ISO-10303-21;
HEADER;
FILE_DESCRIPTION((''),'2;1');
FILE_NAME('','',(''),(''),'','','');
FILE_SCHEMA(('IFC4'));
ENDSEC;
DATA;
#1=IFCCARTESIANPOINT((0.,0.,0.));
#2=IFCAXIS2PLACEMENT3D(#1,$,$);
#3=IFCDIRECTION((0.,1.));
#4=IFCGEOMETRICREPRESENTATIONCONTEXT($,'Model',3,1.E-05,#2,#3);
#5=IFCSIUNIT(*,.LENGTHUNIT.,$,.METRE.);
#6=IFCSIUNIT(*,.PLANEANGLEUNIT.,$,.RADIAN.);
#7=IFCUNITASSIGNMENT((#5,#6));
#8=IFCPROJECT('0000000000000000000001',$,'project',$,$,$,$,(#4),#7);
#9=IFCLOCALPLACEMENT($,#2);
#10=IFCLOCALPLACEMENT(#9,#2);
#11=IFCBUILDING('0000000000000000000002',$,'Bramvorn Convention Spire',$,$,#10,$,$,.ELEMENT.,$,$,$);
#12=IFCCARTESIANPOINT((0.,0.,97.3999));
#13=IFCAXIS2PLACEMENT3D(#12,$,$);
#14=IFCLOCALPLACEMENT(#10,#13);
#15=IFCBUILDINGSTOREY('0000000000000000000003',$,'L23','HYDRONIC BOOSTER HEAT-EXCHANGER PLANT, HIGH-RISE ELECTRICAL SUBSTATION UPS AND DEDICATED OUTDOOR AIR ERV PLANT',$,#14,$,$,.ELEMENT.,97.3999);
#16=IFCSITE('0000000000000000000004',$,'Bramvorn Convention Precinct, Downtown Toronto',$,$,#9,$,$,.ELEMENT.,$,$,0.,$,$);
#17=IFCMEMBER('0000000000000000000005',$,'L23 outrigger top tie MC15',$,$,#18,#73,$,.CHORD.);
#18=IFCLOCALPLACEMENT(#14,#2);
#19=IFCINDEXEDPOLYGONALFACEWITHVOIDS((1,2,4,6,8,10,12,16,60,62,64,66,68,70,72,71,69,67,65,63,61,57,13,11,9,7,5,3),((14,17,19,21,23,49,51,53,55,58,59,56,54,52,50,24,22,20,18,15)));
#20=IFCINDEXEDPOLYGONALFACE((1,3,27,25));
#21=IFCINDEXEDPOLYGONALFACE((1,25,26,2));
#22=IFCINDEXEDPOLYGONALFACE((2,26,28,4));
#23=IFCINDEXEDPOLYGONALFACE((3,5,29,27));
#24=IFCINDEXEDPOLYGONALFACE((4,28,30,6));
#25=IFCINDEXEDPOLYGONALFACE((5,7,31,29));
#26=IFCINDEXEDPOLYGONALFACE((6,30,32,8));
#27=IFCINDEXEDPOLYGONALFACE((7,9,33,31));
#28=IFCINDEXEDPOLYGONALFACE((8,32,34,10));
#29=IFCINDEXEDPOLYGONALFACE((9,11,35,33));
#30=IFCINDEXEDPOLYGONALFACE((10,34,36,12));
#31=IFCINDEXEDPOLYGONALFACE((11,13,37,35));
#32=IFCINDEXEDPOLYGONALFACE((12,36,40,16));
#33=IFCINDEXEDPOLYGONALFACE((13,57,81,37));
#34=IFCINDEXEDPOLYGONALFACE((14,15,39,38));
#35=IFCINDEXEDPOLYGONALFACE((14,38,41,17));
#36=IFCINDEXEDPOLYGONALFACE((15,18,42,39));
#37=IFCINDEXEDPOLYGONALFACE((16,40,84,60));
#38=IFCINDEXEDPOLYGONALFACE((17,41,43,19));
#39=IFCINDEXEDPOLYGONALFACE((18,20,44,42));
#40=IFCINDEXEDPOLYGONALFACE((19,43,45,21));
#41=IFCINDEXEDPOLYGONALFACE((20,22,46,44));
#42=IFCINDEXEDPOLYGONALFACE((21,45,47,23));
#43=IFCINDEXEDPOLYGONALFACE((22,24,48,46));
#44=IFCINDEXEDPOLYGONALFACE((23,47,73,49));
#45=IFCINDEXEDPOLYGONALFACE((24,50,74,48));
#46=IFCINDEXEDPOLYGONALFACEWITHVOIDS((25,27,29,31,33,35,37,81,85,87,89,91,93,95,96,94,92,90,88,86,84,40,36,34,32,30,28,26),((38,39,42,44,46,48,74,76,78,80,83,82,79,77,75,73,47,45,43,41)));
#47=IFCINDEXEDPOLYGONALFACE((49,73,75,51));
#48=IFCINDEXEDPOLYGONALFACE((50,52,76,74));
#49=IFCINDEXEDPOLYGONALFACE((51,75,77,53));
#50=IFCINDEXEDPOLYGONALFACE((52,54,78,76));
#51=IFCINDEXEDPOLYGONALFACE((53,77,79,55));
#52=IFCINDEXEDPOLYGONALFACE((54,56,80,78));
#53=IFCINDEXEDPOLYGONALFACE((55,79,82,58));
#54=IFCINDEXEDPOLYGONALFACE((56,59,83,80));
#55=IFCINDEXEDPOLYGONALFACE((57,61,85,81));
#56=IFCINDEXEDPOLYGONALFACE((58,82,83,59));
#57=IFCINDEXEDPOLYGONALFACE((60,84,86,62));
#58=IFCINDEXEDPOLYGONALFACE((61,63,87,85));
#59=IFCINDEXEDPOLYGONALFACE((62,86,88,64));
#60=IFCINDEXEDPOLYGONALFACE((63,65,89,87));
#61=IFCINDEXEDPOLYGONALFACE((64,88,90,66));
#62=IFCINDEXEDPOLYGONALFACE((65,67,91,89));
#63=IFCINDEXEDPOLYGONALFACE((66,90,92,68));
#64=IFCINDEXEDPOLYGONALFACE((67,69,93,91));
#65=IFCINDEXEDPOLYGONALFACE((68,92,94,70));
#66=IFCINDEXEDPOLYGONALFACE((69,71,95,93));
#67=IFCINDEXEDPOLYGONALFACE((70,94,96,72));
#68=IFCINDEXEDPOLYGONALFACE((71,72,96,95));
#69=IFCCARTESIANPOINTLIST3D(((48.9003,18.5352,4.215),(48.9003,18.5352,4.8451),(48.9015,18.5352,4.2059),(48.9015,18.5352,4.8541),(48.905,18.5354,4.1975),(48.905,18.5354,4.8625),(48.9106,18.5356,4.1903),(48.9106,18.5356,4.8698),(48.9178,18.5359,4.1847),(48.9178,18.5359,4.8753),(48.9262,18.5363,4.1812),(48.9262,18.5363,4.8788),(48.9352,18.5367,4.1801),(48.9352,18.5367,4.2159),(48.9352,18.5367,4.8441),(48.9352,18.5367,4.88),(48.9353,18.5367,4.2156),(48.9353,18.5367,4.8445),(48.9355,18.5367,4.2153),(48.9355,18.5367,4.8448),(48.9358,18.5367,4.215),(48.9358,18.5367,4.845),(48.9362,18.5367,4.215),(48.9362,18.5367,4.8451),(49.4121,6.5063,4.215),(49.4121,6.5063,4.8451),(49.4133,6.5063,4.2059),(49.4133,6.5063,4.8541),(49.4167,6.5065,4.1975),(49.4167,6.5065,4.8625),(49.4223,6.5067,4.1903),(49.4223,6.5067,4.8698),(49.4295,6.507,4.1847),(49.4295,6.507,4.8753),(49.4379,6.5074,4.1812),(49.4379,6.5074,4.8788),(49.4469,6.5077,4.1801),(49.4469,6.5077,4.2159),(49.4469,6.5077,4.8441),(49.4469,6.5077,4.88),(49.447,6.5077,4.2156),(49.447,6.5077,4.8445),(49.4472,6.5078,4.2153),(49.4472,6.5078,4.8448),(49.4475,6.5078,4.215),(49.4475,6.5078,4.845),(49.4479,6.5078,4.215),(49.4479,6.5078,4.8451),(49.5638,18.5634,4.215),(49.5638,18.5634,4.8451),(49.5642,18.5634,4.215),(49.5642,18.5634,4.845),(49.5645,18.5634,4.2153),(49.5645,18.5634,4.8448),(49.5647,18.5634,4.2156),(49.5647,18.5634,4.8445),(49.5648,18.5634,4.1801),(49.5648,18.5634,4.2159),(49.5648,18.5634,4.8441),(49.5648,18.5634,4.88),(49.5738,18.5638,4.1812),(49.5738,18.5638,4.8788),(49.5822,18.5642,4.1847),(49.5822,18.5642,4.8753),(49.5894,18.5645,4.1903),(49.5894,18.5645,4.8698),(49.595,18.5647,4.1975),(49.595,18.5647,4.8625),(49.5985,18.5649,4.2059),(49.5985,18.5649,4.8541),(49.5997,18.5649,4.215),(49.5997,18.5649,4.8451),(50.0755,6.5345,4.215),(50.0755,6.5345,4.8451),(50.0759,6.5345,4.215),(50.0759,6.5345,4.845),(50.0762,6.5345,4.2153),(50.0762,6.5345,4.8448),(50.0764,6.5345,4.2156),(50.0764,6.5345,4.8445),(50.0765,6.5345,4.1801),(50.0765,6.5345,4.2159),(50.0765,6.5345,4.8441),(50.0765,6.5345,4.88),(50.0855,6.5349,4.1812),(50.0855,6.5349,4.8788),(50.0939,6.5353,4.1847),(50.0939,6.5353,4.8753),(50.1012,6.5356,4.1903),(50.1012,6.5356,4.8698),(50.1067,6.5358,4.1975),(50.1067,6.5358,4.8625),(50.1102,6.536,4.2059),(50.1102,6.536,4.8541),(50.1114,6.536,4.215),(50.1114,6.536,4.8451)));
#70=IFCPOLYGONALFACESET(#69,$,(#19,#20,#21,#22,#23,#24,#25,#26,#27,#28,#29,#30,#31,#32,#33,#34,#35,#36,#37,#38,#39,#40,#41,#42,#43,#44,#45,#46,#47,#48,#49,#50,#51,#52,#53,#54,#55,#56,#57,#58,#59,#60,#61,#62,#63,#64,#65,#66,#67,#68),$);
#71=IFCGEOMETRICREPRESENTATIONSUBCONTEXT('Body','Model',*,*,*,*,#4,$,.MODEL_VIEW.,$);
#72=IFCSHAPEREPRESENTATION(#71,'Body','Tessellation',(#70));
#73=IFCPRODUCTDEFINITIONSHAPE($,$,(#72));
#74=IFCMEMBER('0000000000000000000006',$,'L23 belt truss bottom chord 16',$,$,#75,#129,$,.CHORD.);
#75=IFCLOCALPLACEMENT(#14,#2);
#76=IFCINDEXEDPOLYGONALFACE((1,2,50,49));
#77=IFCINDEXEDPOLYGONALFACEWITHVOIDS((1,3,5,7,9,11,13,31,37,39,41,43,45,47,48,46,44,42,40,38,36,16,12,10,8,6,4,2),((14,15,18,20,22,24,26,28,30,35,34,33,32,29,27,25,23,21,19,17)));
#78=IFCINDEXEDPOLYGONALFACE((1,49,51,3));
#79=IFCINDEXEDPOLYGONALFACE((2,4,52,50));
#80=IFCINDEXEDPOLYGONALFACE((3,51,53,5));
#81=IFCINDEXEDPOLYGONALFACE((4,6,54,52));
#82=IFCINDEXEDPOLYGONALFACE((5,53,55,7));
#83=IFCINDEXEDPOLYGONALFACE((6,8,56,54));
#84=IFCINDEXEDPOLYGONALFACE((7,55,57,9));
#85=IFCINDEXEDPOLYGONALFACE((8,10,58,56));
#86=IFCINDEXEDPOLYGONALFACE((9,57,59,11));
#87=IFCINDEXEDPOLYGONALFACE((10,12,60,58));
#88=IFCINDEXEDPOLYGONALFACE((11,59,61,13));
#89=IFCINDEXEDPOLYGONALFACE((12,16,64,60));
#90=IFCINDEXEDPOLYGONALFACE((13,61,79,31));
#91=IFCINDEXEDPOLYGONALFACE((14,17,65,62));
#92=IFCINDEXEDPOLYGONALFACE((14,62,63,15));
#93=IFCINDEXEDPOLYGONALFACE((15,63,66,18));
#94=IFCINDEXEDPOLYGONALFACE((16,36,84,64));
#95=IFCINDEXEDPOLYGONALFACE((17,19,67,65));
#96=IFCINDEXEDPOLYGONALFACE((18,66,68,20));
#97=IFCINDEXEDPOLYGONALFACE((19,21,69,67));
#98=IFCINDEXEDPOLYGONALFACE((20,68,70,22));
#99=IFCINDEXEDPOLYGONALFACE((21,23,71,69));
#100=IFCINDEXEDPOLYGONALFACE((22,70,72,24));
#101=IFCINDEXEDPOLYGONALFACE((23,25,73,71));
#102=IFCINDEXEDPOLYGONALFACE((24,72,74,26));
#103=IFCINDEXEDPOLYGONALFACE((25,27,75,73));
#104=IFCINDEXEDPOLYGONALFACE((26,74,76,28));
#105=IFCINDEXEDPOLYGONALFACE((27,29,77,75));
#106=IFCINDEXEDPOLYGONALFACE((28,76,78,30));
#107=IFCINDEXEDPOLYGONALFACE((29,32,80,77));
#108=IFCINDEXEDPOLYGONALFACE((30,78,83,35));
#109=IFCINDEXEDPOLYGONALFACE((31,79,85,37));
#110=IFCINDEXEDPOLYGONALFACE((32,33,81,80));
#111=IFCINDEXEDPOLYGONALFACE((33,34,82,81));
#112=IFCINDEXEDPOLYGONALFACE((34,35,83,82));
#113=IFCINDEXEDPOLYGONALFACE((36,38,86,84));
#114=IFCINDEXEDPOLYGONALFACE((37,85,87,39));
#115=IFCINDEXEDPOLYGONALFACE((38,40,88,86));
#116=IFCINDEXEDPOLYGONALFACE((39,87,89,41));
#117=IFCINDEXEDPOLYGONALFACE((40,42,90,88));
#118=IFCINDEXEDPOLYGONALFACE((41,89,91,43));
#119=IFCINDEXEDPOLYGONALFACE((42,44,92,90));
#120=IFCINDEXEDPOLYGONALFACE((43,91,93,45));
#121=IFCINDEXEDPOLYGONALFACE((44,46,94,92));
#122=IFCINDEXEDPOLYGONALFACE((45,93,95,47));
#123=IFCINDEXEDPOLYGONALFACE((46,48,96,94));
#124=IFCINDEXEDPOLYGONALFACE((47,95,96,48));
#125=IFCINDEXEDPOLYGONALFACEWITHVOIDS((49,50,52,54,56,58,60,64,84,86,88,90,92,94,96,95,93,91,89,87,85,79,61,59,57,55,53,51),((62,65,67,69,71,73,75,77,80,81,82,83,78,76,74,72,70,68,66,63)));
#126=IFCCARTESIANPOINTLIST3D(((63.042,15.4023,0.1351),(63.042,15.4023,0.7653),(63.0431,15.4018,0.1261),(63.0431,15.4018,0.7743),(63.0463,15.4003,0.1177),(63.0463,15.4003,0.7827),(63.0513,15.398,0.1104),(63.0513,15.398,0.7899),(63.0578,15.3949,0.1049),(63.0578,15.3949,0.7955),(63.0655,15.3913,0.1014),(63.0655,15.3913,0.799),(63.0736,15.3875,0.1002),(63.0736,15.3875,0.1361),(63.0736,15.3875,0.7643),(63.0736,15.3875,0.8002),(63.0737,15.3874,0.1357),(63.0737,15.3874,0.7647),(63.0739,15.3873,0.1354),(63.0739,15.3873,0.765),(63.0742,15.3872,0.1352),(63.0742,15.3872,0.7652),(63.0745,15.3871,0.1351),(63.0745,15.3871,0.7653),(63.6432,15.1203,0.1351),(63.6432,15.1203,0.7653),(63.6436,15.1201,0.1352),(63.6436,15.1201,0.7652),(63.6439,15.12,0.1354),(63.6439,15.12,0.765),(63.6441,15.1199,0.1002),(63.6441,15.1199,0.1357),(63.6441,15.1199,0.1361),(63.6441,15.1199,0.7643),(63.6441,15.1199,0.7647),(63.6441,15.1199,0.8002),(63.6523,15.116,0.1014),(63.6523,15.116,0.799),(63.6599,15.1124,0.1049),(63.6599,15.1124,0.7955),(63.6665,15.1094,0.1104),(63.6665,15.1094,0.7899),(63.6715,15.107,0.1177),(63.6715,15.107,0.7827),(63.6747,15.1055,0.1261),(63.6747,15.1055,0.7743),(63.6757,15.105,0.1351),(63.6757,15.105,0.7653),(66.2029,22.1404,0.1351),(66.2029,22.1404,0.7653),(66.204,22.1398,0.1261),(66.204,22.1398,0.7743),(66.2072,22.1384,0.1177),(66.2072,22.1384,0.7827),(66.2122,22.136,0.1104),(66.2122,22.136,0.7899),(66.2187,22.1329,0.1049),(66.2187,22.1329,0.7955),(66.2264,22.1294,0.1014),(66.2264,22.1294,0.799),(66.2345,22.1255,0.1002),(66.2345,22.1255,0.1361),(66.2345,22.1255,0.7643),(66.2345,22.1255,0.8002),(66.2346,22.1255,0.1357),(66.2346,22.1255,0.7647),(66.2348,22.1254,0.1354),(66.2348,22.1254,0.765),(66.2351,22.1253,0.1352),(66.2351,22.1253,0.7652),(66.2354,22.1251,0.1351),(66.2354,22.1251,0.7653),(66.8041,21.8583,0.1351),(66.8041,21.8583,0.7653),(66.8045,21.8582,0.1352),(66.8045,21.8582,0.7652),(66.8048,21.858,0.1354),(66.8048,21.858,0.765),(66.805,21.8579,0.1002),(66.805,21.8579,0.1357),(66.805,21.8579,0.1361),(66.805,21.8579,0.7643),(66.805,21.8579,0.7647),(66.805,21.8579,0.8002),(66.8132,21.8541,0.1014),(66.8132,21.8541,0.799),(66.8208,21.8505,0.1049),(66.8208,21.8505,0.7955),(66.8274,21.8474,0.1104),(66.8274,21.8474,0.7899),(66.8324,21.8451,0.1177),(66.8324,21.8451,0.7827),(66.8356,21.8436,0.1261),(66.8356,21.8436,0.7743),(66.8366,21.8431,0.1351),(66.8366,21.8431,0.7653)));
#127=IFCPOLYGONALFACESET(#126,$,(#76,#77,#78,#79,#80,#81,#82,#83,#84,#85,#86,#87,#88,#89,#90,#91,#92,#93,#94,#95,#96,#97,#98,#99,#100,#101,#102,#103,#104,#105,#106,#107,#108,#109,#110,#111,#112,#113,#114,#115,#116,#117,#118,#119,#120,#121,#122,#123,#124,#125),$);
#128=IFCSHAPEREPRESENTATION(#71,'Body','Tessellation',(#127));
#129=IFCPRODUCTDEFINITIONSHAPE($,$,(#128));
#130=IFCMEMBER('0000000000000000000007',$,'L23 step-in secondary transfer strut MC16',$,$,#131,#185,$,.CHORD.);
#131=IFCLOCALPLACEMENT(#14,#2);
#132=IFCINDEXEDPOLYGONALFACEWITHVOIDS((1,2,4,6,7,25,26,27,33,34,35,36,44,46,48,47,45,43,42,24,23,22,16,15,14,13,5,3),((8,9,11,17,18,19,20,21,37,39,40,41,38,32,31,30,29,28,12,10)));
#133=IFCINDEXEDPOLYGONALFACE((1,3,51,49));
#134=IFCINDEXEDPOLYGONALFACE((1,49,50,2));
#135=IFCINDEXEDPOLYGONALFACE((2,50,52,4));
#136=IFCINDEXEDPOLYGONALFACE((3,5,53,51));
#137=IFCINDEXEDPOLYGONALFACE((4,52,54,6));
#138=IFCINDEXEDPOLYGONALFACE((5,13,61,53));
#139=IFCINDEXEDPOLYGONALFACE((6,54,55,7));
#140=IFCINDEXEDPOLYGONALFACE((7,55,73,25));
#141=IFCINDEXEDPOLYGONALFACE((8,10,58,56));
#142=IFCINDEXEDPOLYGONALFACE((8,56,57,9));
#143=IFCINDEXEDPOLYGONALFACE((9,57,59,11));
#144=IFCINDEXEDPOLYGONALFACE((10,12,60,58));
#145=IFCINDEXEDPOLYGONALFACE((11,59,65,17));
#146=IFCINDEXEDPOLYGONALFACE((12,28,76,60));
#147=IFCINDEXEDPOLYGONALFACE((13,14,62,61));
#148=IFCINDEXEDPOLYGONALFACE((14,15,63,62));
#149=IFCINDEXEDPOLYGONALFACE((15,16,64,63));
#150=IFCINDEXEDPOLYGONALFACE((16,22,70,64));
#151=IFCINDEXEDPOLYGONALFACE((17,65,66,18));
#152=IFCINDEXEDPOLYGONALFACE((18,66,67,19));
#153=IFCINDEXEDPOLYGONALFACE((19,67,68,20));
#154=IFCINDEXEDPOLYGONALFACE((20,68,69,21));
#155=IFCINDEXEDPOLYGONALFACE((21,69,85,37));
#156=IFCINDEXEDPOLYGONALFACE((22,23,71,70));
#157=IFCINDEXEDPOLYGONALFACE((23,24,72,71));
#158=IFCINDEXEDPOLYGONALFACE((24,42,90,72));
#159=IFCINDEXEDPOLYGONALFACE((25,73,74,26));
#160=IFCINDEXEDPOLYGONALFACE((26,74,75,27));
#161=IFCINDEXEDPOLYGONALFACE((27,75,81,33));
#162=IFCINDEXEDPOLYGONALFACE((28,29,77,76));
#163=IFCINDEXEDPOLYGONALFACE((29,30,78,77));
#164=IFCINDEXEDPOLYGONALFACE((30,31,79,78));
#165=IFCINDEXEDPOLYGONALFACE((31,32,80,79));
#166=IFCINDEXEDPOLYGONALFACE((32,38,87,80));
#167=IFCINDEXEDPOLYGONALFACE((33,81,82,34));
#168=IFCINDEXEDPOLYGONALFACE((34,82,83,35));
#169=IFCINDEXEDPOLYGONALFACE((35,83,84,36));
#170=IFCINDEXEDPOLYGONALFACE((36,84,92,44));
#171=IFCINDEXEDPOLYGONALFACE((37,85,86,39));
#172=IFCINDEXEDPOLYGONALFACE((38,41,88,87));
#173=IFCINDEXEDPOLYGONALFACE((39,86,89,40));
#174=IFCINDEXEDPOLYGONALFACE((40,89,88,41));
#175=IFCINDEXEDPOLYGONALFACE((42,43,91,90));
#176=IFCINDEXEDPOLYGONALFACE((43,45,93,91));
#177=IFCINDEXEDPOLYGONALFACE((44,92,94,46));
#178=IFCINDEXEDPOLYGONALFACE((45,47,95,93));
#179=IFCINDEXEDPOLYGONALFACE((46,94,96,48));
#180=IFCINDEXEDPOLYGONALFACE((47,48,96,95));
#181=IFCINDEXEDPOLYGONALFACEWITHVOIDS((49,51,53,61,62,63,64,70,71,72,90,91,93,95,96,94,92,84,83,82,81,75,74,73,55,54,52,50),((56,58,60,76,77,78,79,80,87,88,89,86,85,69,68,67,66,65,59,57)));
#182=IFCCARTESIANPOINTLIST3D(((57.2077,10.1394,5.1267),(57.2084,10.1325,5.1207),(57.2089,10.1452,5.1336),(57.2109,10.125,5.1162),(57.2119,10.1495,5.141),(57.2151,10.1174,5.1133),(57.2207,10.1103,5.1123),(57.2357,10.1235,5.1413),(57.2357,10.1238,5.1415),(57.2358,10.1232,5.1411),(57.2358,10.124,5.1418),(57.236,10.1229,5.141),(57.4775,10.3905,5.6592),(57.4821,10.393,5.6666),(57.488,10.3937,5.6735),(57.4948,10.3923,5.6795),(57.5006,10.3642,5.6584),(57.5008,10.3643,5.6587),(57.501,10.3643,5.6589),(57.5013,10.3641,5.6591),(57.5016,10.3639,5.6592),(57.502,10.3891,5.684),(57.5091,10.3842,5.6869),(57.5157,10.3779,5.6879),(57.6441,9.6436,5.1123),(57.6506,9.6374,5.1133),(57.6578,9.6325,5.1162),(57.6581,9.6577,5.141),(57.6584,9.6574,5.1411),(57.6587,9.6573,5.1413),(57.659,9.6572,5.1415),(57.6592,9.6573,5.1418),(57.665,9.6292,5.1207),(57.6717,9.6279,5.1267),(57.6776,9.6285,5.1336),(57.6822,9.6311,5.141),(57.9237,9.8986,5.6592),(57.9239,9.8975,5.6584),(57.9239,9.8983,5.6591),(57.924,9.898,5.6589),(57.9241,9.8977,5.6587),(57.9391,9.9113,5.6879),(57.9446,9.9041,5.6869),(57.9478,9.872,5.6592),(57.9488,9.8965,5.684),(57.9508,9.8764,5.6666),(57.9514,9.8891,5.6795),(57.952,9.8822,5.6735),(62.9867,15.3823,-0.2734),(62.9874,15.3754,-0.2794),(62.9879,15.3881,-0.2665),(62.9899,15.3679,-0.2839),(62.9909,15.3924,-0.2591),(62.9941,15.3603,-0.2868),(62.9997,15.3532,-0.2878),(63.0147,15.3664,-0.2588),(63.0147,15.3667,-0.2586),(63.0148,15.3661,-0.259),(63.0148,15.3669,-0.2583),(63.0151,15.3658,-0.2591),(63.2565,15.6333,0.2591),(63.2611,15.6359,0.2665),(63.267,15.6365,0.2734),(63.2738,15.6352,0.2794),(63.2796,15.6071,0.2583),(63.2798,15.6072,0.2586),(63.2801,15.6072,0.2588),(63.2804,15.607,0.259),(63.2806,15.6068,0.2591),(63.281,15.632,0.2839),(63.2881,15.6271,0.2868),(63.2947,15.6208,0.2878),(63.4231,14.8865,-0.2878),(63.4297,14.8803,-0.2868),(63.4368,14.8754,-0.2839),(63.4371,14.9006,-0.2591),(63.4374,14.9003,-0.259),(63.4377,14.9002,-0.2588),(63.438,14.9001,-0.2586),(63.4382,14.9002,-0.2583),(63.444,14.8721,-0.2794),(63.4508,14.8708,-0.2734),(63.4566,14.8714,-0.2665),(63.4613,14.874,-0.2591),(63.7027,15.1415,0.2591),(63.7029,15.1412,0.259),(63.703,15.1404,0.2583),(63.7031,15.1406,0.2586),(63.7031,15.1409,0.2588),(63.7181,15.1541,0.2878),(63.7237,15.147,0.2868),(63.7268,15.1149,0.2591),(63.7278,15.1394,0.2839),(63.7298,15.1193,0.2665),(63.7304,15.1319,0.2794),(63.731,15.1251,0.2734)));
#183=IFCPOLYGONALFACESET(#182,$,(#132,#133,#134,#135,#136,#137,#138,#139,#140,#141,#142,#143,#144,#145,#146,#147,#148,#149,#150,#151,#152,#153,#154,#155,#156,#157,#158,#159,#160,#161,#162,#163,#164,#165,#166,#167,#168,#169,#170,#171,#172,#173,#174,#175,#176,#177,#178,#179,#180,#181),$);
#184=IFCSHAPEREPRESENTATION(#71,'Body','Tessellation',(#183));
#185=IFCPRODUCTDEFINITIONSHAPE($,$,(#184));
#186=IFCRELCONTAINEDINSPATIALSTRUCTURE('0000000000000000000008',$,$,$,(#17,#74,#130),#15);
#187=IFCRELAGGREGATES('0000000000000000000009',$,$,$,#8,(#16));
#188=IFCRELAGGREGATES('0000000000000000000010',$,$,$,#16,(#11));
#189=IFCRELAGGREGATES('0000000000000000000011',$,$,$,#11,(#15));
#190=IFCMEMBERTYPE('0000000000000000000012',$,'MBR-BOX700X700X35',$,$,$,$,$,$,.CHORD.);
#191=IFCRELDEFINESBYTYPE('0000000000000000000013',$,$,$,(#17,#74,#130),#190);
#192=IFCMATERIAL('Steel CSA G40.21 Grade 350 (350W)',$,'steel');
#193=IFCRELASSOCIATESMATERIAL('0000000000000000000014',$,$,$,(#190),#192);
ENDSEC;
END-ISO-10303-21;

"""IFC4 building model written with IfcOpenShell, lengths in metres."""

from ifc_helpers import new_model, si_unit, direction, frame, origin, origin_2d, place, context, subcontext, project, spatial, hollow_rectangle, extrude, material, material_profile, profile_set, type_object, element, save


model = new_model("IFC4")

# Units and contexts
model_context = context("Model", 3, precision=1e-05, world=origin(), true_north=direction((0.0, 1.0)))
body_context = subcontext(model_context, "Body", "Model", "MODEL_VIEW")
ifc_project = project(units=[si_unit("LENGTHUNIT", "METRE"), si_unit("PLANEANGLEUNIT", "RADIAN")], contexts=[model_context])

# Site, building, storey
site_placement = place(None, origin())
site = spatial("IfcSite", under=ifc_project, at=site_placement, Name="Bramvorn Convention Precinct, Downtown Toronto", CompositionType="ELEMENT", RefElevation=0.0)
building_placement = place(site_placement, origin())
building = spatial("IfcBuilding", under=site, at=building_placement, Name="Bramvorn Convention Spire", CompositionType="ELEMENT")
storey_placement = place(building_placement, frame((0.0, 0.0, 97.3999)))
storey = spatial("IfcBuildingStorey", under=building, at=storey_placement, Name="L23", Description="HYDRONIC BOOSTER HEAT-EXCHANGER PLANT, HIGH-RISE ELECTRICAL SUBSTATION UPS AND DEDICATED OUTDOOR AIR ERV PLANT", CompositionType="ELEMENT", Elevation=97.3999)

# Shared definitions
ifc_material_1 = material(Name="Steel CSA G40.21 Grade 350 (350W)", Category="steel")

# Members
ifc_material_profile_1 = material_profile(ifc_material_1, hollow_rectangle(XDim=0.7, YDim=0.7, WallThickness=0.0349, InnerFilletRadius=0.001, OuterFilletRadius=0.0349, at=origin_2d()))
ifc_profile_set_1 = profile_set([ifc_material_profile_1], Name="Steel CSA G40.21 Grade 350 (350W) - BOX700X700X35")
member_type_1 = type_object("IfcMemberType", Name="MBR-BOX700X700X35", PredefinedType="CHORD", material=ifc_profile_set_1)
member_1_placement = place(storey_placement, frame((49.25, 18.55, 4.53), z_axis=(0.042503, -0.999096, 0.0), x_axis=(0.999096, 0.042503, 0.0)))
element("IfcMember", 1, at=member_1_placement, inside=storey, type_object=member_type_1, Name="L23 outrigger top tie MC15", PredefinedType="CHORD", context=body_context, shape_type="SweptSolid", body=[
    extrude(hollow_rectangle(XDim=0.7, YDim=0.7, WallThickness=0.0349, InnerFilletRadius=0.001, OuterFilletRadius=0.0349, at=origin_2d()), origin(), (0.0, 0.0, 1.0), 12.0398),
])
member_2_placement = place(storey_placement, frame((63.3589, 15.2537, 0.4502), z_axis=(0.424702, 0.905333, 0.0), x_axis=(-0.905333, 0.424702, 0.0)))
element("IfcMember", 2, at=member_2_placement, inside=storey, type_object=member_type_1, Name="L23 belt truss bottom chord 16", PredefinedType="CHORD", context=body_context, shape_type="SweptSolid", body=[
    extrude(hollow_rectangle(XDim=0.7, YDim=0.7, WallThickness=0.0349, InnerFilletRadius=0.001, OuterFilletRadius=0.0349, at=origin_2d()), origin(), (0.0, 0.0, 1.0), 7.4426),
])
member_3_placement = place(storey_placement, frame((63.3589, 15.2537, 0.0), z_axis=(-0.609006, -0.552507, 0.569076), x_axis=(0.671917, -0.740626, 0.0)))
element("IfcMember", 3, at=member_3_placement, inside=storey, type_object=member_type_1, Name="L23 step-in secondary transfer strut MC16", PredefinedType="CHORD", context=body_context, shape_type="SweptSolid", body=[
    extrude(hollow_rectangle(XDim=0.7, YDim=0.7, WallThickness=0.0349, InnerFilletRadius=0.001, OuterFilletRadius=0.0349, at=origin_2d()), origin(), (0.0, 0.0, 1.0), 9.4893),
])

save(model, "model.ifc")
